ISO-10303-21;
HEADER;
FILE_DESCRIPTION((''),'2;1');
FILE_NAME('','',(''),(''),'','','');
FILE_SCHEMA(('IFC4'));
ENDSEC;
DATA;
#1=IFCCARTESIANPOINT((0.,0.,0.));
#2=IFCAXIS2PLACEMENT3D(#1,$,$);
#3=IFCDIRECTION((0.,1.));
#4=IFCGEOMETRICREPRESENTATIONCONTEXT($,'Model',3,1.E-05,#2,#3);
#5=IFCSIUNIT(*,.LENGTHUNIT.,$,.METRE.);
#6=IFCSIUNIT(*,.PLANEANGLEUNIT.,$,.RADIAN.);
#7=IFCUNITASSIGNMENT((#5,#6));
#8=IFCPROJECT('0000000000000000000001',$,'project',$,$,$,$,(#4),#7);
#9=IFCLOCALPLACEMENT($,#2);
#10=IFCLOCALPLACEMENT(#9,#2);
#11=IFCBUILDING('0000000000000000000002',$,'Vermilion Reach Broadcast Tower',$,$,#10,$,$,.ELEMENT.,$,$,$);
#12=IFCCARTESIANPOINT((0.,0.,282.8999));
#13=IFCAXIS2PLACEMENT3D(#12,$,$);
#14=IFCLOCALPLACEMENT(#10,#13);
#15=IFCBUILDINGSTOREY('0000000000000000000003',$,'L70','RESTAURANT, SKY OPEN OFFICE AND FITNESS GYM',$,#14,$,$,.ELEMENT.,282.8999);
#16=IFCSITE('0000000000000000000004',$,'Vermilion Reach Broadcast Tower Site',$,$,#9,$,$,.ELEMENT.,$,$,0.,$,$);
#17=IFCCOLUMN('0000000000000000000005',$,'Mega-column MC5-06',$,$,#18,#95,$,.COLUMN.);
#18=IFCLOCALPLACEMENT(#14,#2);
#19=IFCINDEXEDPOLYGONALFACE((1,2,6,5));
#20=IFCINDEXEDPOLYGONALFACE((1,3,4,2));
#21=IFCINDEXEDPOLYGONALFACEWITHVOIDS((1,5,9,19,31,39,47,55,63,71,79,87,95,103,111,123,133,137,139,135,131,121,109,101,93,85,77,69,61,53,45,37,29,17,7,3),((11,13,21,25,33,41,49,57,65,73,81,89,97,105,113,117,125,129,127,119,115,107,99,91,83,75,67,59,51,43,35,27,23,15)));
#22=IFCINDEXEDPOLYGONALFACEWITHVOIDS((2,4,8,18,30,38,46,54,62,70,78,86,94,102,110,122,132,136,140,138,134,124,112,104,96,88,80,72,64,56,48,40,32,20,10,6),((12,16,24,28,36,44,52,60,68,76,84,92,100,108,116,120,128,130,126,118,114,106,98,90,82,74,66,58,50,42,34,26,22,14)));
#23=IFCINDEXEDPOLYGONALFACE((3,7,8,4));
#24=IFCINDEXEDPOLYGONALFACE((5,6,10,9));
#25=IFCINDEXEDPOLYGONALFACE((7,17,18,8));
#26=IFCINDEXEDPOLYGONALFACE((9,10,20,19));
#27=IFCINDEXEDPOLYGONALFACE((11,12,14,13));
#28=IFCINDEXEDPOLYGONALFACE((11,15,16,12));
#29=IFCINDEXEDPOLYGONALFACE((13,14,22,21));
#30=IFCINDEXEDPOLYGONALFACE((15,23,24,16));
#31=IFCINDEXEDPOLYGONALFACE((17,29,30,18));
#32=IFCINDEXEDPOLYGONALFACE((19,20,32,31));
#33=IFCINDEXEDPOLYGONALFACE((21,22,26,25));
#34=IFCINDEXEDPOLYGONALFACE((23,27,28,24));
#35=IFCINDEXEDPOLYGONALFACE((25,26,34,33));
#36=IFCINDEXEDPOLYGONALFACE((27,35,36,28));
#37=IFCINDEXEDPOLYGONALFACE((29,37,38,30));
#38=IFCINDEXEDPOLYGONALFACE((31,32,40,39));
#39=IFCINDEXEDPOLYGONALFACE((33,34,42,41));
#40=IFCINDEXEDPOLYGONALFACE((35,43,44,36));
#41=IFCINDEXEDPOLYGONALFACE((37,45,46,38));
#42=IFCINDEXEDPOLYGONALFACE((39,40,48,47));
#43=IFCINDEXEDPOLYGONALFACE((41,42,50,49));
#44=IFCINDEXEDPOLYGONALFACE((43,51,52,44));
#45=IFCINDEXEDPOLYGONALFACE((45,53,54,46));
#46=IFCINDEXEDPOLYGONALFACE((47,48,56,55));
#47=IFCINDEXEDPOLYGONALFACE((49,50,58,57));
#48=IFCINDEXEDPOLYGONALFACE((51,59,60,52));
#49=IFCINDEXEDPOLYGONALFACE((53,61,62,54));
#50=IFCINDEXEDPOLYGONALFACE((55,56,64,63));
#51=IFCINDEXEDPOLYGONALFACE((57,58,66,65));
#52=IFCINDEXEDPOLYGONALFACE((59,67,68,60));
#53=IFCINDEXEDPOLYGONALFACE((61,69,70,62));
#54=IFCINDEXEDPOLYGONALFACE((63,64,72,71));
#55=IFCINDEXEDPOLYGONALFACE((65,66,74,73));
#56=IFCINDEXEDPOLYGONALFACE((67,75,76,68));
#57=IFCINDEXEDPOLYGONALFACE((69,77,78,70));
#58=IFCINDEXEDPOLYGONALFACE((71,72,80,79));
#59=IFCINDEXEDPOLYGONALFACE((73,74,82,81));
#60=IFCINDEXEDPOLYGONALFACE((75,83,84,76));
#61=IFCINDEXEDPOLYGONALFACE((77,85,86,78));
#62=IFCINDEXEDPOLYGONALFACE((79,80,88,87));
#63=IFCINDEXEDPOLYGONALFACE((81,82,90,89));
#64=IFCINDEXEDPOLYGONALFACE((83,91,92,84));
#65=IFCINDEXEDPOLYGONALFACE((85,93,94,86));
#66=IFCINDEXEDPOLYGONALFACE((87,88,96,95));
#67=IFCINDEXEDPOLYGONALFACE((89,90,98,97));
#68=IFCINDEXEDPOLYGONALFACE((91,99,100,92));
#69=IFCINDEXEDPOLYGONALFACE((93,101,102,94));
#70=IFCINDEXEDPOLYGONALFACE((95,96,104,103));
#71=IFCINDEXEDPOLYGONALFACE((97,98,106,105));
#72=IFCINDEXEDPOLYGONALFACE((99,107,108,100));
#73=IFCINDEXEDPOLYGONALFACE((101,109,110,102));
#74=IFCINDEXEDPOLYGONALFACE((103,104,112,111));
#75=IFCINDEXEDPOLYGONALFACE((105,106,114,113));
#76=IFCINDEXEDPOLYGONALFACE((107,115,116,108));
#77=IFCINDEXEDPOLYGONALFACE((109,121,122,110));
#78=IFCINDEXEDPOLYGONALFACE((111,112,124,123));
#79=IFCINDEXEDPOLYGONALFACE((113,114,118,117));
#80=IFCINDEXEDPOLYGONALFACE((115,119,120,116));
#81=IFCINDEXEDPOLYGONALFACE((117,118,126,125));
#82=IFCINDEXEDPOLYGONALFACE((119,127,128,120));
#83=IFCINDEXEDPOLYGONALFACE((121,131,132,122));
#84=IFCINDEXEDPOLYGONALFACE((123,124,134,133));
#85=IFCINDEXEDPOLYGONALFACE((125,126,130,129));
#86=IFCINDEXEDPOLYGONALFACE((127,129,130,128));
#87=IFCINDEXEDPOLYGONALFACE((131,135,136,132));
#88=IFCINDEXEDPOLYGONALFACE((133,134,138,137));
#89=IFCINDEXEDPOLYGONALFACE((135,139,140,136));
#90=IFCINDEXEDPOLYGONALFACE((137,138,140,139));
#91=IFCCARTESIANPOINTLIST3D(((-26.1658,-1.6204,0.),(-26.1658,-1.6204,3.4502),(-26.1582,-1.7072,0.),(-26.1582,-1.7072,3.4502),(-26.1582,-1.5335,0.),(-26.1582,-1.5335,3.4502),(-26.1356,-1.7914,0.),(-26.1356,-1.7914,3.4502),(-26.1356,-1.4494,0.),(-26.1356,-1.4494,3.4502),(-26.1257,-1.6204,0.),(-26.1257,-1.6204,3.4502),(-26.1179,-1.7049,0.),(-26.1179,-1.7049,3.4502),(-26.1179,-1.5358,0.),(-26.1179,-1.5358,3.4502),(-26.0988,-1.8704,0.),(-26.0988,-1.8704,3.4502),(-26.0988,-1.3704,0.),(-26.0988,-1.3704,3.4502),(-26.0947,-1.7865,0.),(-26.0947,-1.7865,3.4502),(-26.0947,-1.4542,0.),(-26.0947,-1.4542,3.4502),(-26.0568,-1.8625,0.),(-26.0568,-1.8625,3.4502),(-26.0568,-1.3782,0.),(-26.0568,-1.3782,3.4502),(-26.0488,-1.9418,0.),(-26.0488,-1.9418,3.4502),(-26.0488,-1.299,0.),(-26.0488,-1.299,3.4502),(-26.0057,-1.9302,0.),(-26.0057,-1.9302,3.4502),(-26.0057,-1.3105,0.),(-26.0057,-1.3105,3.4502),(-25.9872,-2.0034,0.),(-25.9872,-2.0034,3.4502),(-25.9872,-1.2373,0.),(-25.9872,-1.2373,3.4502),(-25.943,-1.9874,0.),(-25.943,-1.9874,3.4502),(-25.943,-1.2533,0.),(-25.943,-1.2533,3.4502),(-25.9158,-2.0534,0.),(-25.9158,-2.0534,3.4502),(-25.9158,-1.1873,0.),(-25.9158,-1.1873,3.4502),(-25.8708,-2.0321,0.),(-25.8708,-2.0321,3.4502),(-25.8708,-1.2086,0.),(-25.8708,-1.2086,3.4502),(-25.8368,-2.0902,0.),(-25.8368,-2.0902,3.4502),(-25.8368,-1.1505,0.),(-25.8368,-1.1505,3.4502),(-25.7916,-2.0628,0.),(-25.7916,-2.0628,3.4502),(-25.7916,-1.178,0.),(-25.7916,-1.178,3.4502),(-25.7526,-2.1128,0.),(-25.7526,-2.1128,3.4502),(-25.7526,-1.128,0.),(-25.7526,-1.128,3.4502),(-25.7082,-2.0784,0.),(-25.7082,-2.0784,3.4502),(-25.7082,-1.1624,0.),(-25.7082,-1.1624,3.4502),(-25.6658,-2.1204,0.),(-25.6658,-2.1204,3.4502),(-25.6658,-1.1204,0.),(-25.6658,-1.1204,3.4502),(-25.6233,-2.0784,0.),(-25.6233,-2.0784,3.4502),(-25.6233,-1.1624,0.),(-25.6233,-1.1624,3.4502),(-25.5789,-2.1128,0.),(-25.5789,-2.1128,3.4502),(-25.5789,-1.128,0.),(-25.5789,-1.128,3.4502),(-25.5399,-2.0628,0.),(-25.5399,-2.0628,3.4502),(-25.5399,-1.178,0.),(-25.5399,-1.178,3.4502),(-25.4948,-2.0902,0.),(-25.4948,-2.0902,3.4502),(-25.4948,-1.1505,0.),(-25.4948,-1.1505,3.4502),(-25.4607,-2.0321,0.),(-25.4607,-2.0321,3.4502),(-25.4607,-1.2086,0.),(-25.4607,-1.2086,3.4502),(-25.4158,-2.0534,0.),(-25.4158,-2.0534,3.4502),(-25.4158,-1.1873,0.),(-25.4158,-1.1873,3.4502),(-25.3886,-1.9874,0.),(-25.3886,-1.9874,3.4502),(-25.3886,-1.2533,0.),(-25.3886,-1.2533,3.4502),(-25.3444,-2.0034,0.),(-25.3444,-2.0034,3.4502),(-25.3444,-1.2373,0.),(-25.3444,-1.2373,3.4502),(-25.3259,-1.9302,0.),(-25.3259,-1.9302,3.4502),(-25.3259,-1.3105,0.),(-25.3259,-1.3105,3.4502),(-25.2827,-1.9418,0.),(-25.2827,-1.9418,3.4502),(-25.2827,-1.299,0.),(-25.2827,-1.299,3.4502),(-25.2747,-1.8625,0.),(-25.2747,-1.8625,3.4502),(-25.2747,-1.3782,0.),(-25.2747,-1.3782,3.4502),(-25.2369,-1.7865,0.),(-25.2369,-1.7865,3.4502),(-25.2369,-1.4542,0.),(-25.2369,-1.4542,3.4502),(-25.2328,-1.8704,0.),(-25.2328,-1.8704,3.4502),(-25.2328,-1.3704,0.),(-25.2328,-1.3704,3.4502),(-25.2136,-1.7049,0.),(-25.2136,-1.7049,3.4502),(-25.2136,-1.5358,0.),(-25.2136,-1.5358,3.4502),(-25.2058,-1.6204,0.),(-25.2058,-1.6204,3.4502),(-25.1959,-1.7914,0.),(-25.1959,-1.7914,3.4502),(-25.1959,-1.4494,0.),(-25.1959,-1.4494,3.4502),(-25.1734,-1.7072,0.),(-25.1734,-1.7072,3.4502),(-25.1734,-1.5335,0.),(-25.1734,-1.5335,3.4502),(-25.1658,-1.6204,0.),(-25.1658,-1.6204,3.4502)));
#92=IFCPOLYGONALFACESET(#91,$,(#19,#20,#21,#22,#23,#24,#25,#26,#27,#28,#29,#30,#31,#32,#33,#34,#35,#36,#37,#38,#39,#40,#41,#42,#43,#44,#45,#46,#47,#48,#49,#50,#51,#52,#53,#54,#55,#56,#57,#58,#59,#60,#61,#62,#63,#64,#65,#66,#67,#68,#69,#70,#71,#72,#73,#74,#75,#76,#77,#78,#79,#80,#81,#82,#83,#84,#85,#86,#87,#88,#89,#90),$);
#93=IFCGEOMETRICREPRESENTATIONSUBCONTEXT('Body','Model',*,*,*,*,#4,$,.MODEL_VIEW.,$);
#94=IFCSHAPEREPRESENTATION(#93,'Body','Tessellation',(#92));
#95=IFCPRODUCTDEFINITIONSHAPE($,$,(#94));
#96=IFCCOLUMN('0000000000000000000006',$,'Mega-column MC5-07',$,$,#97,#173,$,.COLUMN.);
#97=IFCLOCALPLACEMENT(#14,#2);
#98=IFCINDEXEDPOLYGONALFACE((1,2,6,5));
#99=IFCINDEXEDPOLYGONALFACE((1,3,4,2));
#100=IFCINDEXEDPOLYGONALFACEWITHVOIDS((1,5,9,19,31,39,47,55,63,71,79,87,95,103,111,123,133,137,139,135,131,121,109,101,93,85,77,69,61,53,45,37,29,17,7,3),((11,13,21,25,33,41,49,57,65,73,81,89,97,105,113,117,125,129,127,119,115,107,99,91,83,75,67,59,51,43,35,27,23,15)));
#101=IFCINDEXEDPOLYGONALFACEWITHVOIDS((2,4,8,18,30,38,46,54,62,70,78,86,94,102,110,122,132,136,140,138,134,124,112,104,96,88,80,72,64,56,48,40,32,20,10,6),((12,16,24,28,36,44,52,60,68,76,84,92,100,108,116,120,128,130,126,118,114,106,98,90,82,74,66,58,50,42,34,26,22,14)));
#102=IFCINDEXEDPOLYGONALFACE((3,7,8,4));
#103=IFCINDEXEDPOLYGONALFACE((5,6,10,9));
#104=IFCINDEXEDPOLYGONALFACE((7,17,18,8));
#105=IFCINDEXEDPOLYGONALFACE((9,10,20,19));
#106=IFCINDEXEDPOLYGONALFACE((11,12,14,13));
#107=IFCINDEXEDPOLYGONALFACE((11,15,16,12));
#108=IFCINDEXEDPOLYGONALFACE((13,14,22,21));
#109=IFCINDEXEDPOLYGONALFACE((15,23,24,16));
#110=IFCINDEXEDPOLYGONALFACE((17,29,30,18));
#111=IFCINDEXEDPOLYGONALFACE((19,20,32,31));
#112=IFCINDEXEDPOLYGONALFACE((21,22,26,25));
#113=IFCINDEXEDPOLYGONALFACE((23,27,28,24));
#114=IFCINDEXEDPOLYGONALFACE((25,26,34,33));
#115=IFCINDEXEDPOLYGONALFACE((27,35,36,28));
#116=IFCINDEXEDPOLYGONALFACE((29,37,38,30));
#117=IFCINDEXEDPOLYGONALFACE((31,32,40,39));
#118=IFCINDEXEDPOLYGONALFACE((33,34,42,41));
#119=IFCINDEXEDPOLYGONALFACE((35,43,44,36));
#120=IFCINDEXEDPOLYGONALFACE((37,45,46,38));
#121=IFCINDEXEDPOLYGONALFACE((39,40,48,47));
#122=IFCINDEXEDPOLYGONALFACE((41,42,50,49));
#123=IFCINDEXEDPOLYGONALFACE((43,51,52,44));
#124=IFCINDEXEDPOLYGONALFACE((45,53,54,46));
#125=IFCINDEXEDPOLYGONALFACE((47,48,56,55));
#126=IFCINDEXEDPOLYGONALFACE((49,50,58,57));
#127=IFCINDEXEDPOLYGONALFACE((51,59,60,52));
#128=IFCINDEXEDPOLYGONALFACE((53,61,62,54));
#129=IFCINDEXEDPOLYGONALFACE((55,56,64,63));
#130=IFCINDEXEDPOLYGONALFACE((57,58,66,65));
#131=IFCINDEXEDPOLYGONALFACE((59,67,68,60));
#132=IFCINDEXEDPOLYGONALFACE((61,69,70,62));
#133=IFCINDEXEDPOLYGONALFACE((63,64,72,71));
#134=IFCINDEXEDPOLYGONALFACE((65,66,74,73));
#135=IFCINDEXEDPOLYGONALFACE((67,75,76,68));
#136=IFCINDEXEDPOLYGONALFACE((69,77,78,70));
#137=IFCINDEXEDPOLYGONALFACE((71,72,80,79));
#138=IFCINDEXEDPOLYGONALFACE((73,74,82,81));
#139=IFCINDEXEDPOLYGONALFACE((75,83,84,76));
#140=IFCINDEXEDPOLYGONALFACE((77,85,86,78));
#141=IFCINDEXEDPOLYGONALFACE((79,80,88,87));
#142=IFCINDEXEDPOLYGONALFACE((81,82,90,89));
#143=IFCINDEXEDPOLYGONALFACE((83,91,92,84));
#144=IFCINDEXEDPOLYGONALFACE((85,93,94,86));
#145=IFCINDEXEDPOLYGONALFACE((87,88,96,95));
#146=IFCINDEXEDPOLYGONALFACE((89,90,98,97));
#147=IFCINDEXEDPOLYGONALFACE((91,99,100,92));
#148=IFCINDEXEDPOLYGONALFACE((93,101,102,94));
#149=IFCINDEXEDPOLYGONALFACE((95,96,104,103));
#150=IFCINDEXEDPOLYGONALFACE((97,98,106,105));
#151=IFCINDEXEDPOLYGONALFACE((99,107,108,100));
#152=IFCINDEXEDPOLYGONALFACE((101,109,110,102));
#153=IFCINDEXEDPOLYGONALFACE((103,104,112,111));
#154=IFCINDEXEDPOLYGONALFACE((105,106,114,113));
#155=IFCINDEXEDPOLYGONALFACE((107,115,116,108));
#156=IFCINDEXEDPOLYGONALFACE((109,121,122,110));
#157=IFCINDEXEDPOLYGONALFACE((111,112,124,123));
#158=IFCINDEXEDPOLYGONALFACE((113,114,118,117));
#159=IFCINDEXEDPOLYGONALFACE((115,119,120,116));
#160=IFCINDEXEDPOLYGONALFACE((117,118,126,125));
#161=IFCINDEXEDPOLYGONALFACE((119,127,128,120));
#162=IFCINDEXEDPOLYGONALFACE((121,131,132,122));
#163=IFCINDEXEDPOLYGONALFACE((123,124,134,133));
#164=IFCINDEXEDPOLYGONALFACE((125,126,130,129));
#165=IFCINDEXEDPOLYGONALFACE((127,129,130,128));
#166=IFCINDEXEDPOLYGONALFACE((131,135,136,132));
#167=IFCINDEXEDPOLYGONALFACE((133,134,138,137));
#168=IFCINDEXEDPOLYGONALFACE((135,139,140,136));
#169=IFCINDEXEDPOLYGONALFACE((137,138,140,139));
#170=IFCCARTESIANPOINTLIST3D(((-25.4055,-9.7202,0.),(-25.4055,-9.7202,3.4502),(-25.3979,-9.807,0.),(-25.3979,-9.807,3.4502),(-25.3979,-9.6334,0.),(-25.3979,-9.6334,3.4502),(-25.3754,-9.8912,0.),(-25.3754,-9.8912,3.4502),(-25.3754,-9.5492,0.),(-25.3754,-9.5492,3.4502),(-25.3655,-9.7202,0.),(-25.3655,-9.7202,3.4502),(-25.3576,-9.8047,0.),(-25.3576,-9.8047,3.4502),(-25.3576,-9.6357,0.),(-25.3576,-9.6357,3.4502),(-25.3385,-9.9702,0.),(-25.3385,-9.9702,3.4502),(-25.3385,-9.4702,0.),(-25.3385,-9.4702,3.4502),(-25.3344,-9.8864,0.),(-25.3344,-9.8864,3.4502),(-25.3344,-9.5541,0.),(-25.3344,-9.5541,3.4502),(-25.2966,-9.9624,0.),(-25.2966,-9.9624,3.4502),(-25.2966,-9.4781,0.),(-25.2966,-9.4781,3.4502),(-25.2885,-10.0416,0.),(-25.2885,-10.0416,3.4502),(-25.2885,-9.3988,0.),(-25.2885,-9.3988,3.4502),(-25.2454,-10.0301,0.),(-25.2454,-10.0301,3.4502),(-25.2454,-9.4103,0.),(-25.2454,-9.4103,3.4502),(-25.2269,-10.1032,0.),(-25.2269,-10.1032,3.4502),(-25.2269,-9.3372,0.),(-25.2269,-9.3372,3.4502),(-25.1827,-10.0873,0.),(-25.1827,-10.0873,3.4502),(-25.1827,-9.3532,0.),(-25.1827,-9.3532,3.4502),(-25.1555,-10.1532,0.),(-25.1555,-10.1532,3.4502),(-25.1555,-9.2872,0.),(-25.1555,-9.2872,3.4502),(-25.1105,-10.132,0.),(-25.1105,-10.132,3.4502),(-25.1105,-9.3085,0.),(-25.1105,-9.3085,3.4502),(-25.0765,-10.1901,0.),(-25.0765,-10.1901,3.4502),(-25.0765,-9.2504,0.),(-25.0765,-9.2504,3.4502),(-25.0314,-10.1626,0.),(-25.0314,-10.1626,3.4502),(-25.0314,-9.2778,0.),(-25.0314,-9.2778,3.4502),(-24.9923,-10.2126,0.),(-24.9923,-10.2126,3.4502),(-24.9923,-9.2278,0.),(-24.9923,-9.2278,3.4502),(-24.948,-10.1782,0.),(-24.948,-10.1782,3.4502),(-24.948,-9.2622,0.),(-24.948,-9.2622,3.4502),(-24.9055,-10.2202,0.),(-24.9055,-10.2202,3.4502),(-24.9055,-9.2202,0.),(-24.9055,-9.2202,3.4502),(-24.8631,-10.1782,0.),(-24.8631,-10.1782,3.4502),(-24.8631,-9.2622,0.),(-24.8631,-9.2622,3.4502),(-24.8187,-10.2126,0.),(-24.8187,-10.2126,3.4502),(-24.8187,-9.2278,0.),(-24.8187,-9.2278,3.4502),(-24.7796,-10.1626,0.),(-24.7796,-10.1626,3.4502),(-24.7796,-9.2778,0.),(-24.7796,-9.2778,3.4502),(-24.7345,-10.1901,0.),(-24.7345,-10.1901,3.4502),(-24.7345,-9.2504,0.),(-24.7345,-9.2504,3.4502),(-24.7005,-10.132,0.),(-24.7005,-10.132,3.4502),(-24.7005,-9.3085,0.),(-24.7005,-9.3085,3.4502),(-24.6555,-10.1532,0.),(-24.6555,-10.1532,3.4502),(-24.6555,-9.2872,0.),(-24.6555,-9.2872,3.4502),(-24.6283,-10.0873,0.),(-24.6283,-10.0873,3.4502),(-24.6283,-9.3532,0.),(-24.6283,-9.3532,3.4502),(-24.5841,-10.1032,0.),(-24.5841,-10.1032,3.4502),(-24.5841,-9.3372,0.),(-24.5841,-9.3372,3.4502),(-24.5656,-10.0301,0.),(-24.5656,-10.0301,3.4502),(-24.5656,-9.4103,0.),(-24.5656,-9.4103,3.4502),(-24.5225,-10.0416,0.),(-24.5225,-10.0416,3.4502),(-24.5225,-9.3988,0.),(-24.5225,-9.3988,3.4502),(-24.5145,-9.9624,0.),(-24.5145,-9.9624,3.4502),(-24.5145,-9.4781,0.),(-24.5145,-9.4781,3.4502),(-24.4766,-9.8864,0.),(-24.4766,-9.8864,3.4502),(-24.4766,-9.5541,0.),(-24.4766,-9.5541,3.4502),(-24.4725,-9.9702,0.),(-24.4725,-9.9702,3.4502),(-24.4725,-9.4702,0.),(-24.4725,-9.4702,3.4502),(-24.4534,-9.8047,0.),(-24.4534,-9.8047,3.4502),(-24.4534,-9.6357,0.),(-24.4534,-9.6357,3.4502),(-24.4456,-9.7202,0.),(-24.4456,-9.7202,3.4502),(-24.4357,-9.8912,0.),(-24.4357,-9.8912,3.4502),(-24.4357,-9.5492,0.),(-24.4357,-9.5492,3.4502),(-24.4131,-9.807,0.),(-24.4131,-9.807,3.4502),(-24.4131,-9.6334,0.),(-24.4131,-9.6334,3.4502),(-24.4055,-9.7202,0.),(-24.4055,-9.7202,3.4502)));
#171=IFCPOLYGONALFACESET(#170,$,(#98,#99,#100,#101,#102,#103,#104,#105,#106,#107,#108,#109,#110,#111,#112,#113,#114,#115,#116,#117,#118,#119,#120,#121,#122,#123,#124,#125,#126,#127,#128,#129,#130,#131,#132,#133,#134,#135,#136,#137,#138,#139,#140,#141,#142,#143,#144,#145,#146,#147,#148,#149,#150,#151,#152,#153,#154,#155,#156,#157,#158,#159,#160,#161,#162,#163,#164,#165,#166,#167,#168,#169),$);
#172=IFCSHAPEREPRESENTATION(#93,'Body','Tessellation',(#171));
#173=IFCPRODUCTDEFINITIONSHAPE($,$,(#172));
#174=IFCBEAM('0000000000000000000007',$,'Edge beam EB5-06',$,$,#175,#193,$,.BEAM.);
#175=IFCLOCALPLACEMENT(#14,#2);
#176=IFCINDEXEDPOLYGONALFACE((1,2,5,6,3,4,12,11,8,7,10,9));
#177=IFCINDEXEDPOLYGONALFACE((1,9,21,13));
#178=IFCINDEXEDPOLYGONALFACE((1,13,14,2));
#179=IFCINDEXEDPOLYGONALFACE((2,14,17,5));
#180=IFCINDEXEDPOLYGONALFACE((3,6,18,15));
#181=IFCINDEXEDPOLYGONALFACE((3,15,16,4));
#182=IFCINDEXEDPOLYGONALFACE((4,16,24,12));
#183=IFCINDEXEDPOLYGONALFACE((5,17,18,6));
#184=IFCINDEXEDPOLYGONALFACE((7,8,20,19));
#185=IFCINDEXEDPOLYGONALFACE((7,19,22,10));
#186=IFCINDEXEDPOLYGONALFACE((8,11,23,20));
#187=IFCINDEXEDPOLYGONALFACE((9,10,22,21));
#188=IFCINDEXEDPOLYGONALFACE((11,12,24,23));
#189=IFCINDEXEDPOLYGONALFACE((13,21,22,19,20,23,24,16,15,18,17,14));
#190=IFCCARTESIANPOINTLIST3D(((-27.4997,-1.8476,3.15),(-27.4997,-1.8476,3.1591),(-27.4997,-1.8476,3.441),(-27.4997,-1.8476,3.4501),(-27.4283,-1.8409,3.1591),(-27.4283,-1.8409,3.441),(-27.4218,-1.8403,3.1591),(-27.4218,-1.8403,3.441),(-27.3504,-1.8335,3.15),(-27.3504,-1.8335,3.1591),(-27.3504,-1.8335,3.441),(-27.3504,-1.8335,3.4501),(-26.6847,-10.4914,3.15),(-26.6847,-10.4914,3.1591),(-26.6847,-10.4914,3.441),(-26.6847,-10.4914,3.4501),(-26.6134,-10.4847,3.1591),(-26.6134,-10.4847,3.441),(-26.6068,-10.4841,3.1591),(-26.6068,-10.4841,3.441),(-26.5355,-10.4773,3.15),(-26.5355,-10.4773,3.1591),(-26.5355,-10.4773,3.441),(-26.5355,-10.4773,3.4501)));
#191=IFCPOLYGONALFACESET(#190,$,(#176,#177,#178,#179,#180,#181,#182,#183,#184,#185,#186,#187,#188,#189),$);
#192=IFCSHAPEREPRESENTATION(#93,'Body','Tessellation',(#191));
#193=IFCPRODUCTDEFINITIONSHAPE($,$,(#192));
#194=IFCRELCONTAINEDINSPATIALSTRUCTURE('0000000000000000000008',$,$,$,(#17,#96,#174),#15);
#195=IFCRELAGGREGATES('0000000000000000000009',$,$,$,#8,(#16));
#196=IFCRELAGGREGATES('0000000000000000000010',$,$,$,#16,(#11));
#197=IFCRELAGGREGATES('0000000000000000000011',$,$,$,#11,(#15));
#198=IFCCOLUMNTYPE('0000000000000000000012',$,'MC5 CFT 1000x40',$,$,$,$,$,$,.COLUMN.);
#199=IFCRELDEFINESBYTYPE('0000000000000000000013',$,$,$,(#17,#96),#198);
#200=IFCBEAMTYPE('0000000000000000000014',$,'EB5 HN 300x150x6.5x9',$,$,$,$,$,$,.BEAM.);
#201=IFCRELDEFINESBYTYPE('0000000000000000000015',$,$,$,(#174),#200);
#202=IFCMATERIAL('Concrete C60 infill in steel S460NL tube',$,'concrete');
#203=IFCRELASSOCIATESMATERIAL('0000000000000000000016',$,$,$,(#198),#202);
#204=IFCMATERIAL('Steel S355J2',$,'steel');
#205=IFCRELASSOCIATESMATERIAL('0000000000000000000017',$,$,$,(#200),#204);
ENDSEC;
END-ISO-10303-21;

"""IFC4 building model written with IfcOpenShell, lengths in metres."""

from ifc_helpers import new_model, si_unit, direction, frame, origin, origin_2d, place, context, subcontext, project, spatial, hollow_circle, i_section, extrude, material, material_profile, profile_set, type_object, element, save


model = new_model("IFC4")

# Units and contexts
model_context = context("Model", 3, precision=1e-05, world=origin(), true_north=direction((0.0, 1.0)))
body_context = subcontext(model_context, "Body", "Model", "MODEL_VIEW")
ifc_project = project(units=[si_unit("LENGTHUNIT", "METRE"), si_unit("PLANEANGLEUNIT", "RADIAN")], contexts=[model_context])

# Site, building, storey
site_placement = place(None, origin())
site = spatial("IfcSite", under=ifc_project, at=site_placement, Name="Vermilion Reach Broadcast Tower Site", CompositionType="ELEMENT", RefElevation=0.0)
building_placement = place(site_placement, origin())
building = spatial("IfcBuilding", under=site, at=building_placement, Name="Vermilion Reach Broadcast Tower", CompositionType="ELEMENT")
storey_placement = place(building_placement, frame((0.0, 0.0, 282.8999)))
storey = spatial("IfcBuildingStorey", under=building, at=storey_placement, Name="L70", Description="RESTAURANT, SKY OPEN OFFICE AND FITNESS GYM", CompositionType="ELEMENT", Elevation=282.8999)

# Columns
ifc_material_1 = material(Name="Concrete C60 infill in steel S460NL tube", Category="concrete")
ifc_material_profile_1 = material_profile(ifc_material_1, hollow_circle(Radius=0.5, WallThickness=0.04, at=origin_2d()), Name="Concrete C60 infill in steel S460NL tube CFT 1000x40")
ifc_profile_set_1 = profile_set([ifc_material_profile_1], Name="Concrete C60 infill in steel S460NL tube")
column_type = type_object("IfcColumnType", Name="MC5 CFT 1000x40", PredefinedType="COLUMN", material=ifc_profile_set_1)
for number, where, z_axis, x_axis, name in (
    (1, (-25.6658, -1.6204, 0.0), (0.0, 0.0, 1.0), (1.0, 0.0, 0.0), "Mega-column MC5-06"),
    (2, (-24.9055, -9.7202, 0.0), (0.0, 0.0, 1.0), (1.0, 0.0, 0.0), "Mega-column MC5-07"),
):
    element("IfcColumn", number, at=place(storey_placement, frame(where, z_axis=z_axis, x_axis=x_axis)), inside=storey, type_object=column_type, Name=name, PredefinedType="COLUMN", context=body_context, shape_type="SweptSolid", body=[
        extrude(hollow_circle(Radius=0.5, WallThickness=0.04, at=origin_2d()), origin(), (0.0, 0.0, 1.0), 3.4502),
    ])

# Beam
ifc_material_2 = material(Name="Steel S355J2", Category="steel")
ifc_material_profile_2 = material_profile(ifc_material_2, i_section(OverallWidth=0.1499, OverallDepth=0.3, WebThickness=0.0066, FlangeThickness=0.009, at=origin_2d()), Name="S355J2 HN 300x150x6.5x9")
ifc_profile_set_2 = profile_set([ifc_material_profile_2], Name="Steel S355J2")
beam_type_1 = type_object("IfcBeamType", Name="EB5 HN 300x150x6.5x9", PredefinedType="BEAM", material=ifc_profile_set_2)
beam_1_placement = place(storey_placement, frame((-27.425, -1.8406, 3.3), z_axis=(0.093864, -0.995585, 0.0), x_axis=(0.995585, 0.093864, 0.0)))
element("IfcBeam", 3, at=beam_1_placement, inside=storey, type_object=beam_type_1, Name="Edge beam EB5-06", PredefinedType="BEAM", context=body_context, shape_type="SweptSolid", body=[
    extrude(i_section(OverallWidth=0.1499, OverallDepth=0.3, WebThickness=0.0066, FlangeThickness=0.009, at=origin_2d()), origin(), (0.0, 0.0, 1.0), 8.6821),
])

save(model, "model.ifc")
